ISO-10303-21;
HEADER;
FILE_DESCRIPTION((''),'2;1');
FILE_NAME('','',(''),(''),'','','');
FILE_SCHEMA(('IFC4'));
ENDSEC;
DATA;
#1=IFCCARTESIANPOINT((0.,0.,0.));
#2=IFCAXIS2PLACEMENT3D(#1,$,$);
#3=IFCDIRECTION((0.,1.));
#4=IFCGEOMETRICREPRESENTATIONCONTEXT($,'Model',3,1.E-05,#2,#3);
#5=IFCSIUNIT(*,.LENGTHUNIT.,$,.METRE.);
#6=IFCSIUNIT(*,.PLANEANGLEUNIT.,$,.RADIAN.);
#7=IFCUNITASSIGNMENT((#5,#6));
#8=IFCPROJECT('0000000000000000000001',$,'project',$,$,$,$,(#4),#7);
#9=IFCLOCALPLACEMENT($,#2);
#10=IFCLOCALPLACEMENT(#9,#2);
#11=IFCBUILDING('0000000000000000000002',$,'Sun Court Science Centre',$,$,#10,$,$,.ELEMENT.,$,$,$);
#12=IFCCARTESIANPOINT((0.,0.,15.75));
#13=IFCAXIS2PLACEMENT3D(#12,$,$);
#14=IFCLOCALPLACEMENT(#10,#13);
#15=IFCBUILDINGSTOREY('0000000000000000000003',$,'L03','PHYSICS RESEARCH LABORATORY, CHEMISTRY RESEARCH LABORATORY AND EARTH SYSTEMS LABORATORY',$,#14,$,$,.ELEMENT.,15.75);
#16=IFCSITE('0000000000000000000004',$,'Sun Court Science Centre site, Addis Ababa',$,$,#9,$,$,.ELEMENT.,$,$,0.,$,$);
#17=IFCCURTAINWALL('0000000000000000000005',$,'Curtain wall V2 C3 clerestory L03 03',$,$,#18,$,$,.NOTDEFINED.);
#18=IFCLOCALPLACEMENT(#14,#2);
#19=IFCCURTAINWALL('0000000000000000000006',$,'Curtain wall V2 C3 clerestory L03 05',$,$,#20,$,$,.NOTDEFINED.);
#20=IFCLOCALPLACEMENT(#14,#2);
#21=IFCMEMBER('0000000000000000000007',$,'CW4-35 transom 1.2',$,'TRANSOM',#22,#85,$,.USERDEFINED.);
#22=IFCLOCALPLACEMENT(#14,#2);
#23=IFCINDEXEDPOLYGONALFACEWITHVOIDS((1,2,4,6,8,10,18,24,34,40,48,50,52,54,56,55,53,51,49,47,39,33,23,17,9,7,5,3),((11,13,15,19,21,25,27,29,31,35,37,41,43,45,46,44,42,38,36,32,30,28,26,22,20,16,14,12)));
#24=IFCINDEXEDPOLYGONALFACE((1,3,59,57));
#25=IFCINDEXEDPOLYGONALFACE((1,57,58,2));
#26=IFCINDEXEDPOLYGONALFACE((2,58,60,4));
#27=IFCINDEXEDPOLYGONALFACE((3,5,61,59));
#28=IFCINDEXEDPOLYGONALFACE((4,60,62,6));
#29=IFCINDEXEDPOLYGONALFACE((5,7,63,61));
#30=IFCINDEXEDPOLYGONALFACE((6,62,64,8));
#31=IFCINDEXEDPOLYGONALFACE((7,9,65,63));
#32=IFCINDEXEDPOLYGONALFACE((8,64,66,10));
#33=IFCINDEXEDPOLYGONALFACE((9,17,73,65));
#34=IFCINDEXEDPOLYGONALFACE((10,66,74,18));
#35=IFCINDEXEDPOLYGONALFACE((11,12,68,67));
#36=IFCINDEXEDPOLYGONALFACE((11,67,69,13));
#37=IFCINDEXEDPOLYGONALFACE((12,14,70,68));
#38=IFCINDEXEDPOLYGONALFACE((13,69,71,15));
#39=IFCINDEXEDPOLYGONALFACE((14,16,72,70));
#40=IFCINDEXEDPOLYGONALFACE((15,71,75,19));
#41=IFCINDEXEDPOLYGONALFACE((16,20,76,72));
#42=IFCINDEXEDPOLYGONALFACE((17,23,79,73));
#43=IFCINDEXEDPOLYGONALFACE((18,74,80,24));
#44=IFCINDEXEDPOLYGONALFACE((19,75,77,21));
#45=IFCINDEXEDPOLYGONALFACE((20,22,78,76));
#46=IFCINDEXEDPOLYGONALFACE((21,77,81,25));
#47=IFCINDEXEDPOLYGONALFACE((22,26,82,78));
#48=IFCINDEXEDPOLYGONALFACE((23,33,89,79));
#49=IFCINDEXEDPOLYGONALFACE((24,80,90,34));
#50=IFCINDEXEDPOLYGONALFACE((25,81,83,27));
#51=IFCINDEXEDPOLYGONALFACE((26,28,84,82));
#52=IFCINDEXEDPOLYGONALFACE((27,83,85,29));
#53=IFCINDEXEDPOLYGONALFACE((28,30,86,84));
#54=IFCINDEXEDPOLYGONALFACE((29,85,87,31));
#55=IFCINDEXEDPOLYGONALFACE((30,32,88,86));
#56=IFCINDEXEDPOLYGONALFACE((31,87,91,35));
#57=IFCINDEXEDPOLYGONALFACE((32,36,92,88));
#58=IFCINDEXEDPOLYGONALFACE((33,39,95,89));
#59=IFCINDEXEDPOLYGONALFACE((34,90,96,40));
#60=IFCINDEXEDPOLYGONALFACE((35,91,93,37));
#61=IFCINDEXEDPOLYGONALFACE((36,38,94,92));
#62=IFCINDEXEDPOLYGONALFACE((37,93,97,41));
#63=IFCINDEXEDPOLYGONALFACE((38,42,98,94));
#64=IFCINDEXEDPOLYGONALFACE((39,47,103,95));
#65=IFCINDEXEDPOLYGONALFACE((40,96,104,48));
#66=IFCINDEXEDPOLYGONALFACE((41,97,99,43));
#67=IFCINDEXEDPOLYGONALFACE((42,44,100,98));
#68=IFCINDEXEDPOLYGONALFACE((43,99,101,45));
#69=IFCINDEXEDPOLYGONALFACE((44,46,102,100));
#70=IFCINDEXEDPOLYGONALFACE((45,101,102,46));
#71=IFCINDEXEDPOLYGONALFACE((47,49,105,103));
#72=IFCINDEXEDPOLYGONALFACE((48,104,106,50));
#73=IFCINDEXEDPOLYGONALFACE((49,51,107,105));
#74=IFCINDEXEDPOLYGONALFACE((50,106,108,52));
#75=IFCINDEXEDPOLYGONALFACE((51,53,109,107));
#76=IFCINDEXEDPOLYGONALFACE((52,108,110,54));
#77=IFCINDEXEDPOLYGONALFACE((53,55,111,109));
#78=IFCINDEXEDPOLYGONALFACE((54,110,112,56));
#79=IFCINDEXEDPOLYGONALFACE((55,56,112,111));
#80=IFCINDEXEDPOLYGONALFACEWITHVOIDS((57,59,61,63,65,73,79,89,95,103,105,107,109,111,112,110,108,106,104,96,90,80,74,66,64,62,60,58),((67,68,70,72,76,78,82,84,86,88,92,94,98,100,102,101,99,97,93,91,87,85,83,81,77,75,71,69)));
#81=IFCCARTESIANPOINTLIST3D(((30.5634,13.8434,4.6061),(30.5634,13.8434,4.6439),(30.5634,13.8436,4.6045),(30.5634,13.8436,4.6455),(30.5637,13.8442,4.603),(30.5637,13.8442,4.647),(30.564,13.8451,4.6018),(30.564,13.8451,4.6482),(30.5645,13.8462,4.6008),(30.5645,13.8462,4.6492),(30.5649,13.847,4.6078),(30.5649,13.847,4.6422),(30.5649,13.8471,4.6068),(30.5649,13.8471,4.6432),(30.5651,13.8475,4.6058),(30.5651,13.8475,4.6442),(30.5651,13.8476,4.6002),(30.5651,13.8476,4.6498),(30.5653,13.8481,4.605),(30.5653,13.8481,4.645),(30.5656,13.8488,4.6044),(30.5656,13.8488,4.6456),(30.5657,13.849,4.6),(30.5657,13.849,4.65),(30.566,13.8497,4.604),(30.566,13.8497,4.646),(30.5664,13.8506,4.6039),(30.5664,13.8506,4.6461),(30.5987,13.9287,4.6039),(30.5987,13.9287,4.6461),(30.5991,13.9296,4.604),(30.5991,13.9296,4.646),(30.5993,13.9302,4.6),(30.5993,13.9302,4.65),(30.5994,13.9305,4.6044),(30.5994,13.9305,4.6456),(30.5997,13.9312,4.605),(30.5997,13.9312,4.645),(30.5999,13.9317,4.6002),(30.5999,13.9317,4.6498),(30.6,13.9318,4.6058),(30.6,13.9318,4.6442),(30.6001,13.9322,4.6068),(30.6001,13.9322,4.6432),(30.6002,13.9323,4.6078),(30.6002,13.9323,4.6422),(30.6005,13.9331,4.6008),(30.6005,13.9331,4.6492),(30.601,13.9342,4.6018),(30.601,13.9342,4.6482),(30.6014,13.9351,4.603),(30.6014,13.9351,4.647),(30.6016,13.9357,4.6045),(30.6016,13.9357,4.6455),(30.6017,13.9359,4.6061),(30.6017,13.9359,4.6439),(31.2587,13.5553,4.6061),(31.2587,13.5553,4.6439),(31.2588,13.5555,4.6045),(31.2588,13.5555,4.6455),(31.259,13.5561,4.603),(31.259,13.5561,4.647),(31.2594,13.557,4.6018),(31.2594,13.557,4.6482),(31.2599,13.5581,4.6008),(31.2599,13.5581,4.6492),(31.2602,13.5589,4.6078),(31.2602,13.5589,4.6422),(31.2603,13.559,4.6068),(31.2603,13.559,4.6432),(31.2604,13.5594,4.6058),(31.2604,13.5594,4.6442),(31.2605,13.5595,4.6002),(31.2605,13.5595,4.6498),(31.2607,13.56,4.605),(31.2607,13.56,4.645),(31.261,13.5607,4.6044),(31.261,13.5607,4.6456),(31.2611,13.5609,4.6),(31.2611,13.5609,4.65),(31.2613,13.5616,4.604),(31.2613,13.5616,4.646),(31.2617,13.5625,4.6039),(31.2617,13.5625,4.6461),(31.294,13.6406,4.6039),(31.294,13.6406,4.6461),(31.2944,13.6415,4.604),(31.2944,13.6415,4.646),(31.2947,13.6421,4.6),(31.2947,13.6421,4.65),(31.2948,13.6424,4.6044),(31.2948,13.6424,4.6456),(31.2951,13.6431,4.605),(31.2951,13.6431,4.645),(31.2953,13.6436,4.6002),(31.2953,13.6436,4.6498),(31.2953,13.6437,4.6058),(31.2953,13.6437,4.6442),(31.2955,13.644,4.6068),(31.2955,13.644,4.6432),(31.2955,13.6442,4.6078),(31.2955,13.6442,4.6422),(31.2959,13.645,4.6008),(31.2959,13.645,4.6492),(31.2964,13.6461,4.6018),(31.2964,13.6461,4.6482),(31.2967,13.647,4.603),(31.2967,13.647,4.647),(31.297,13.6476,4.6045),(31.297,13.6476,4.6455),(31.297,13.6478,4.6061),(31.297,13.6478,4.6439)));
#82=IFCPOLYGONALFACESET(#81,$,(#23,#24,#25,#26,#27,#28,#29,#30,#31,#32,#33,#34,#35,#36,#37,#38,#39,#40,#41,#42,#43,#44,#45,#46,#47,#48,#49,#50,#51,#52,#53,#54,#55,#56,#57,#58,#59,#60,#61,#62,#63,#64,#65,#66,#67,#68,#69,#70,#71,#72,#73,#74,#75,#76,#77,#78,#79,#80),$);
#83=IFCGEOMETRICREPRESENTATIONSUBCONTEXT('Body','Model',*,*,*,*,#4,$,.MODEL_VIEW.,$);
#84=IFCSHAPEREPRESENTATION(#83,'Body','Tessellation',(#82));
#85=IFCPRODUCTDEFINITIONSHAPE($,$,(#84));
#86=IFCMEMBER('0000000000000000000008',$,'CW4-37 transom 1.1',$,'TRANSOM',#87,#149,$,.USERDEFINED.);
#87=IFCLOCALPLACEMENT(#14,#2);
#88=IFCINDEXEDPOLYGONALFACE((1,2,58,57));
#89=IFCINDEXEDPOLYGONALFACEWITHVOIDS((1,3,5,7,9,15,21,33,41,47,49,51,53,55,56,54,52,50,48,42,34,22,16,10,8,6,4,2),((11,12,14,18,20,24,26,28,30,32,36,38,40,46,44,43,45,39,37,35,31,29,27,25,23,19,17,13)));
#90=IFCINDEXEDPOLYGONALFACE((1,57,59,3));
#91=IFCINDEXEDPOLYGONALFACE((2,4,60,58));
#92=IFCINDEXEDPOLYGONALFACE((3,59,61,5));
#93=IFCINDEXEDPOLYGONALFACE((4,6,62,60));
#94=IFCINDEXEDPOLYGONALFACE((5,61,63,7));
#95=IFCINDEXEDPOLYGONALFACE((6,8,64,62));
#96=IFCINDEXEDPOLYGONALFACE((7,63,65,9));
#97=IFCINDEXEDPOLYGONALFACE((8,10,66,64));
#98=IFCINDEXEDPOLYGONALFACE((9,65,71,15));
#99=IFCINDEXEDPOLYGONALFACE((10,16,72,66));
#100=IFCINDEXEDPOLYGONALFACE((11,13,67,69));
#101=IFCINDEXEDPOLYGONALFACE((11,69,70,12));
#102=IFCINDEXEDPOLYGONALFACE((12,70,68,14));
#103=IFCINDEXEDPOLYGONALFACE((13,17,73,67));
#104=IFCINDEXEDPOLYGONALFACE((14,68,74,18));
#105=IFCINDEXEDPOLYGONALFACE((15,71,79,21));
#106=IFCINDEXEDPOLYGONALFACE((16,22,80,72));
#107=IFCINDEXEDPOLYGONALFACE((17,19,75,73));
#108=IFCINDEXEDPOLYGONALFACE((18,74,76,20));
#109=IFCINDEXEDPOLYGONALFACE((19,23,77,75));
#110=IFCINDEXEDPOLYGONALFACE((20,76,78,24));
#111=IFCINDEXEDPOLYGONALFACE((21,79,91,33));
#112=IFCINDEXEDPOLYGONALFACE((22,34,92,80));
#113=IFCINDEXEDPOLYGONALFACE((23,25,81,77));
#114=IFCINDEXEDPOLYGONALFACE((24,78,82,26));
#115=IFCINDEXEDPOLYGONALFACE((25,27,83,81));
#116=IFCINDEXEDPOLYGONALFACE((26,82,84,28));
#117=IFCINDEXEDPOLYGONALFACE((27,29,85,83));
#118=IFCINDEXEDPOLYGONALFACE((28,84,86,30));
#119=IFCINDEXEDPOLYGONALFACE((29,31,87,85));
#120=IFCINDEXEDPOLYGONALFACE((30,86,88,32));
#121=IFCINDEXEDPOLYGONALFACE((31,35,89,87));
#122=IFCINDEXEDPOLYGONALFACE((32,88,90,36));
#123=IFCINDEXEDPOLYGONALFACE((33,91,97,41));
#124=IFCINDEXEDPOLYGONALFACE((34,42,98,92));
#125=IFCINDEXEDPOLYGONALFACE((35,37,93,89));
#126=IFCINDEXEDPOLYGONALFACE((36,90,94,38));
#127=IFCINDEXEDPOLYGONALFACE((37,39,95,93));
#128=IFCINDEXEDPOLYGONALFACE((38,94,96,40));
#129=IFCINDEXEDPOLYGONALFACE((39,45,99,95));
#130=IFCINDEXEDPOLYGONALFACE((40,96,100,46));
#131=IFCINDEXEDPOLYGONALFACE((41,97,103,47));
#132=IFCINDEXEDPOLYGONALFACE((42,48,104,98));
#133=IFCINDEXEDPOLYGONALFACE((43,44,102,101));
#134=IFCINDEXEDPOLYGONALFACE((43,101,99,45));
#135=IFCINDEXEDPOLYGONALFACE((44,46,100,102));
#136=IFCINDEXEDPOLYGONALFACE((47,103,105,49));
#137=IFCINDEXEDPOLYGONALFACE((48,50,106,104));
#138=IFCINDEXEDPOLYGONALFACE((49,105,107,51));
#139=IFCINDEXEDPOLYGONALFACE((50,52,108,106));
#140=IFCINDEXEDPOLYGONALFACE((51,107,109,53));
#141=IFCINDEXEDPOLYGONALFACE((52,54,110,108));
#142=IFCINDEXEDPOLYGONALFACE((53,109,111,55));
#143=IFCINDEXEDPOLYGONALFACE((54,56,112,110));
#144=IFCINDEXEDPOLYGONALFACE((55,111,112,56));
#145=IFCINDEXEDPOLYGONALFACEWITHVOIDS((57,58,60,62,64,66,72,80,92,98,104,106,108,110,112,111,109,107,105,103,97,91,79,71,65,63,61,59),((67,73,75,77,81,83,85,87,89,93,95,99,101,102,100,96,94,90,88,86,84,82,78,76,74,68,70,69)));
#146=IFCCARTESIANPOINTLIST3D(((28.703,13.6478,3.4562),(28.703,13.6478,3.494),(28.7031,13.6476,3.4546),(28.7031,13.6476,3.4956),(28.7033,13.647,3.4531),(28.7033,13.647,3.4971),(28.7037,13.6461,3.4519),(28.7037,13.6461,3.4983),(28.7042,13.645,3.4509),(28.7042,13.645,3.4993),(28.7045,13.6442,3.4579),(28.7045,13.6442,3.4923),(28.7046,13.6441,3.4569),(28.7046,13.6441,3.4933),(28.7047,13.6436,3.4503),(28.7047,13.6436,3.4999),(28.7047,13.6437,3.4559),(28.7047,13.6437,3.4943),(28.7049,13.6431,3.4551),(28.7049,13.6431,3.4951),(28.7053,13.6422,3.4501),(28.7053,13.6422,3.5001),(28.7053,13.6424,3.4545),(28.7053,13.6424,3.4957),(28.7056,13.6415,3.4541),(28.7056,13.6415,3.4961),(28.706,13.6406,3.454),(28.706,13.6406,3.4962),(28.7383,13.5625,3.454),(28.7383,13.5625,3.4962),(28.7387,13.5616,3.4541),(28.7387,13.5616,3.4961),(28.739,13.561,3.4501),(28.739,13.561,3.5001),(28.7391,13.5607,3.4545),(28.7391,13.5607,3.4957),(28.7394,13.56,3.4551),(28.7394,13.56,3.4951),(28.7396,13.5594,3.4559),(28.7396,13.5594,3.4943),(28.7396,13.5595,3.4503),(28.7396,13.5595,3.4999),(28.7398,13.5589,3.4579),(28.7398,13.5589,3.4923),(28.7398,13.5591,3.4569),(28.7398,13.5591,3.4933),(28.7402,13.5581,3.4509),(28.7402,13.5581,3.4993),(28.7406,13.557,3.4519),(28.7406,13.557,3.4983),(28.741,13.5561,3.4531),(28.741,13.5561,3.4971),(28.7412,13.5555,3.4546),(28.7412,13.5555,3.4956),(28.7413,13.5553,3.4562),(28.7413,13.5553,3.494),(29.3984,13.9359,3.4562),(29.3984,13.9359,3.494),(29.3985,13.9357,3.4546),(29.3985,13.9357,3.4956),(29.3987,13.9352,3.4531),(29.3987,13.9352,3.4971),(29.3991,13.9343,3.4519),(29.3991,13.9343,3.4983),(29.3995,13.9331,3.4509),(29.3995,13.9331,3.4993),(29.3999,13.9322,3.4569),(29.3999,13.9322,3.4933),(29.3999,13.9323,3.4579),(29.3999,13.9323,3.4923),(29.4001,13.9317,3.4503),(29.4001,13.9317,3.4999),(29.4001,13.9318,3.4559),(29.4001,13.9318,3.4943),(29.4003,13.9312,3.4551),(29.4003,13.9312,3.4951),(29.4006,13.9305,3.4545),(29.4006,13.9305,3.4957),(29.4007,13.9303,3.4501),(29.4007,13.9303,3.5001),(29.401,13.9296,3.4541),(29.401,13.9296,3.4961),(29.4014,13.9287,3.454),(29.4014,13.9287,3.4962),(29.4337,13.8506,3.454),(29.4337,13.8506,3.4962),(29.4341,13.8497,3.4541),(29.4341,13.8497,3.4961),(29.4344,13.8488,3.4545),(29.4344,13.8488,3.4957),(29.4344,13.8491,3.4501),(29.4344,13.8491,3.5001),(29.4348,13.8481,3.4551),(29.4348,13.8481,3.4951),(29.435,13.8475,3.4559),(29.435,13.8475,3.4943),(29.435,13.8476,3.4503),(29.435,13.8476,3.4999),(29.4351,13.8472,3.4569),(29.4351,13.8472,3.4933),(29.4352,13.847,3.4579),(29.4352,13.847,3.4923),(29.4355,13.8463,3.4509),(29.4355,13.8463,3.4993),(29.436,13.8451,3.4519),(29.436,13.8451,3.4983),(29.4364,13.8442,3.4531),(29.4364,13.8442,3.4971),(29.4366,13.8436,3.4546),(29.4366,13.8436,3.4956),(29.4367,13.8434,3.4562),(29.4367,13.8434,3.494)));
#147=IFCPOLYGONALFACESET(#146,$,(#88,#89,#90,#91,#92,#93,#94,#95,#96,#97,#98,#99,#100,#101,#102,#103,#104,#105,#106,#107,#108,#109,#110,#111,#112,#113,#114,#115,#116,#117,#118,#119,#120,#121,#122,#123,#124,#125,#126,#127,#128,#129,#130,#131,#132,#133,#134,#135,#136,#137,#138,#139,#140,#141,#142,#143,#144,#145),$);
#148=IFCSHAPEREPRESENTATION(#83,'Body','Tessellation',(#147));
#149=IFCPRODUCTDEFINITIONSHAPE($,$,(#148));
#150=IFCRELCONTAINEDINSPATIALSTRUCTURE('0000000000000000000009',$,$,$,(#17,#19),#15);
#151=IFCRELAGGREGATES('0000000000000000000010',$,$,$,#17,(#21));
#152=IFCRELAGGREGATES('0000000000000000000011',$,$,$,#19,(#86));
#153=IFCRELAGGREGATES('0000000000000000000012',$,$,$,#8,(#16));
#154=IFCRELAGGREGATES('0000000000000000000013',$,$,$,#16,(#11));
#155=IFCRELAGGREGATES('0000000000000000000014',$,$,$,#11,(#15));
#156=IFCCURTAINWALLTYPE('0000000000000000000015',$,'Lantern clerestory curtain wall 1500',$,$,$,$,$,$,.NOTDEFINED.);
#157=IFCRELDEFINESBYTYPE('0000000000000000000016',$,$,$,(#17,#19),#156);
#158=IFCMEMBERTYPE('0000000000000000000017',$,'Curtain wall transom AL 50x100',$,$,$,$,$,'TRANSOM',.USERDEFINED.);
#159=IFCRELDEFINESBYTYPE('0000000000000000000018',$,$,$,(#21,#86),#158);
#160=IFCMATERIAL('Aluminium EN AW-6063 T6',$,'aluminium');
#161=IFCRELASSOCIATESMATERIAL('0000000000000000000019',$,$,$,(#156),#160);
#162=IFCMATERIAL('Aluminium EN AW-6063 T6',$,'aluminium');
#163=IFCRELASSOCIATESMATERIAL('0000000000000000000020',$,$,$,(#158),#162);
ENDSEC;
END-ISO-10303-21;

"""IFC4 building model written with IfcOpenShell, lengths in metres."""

from ifc_helpers import new_model, si_unit, direction, frame, origin, origin_2d, place, context, subcontext, project, spatial, hollow_rectangle, extrude, material, material_profile, profile_set, type_object, element, aggregate, save


model = new_model("IFC4")

# Units and contexts
model_context = context("Model", 3, precision=1e-05, world=origin(), true_north=direction((0.0, 1.0)))
body_context = subcontext(model_context, "Body", "Model", "MODEL_VIEW")
ifc_project = project(units=[si_unit("LENGTHUNIT", "METRE"), si_unit("PLANEANGLEUNIT", "RADIAN")], contexts=[model_context])

# Site, building, storey
site_placement = place(None, origin())
site = spatial("IfcSite", under=ifc_project, at=site_placement, Name="Sun Court Science Centre site, Addis Ababa", CompositionType="ELEMENT", RefElevation=0.0)
building_placement = place(site_placement, origin())
building = spatial("IfcBuilding", under=site, at=building_placement, Name="Sun Court Science Centre", CompositionType="ELEMENT")
storey_placement = place(building_placement, frame((0.0, 0.0, 15.75)))
storey = spatial("IfcBuildingStorey", under=building, at=storey_placement, Name="L03", Description="PHYSICS RESEARCH LABORATORY, CHEMISTRY RESEARCH LABORATORY AND EARTH SYSTEMS LABORATORY", CompositionType="ELEMENT", Elevation=15.75)

# Curtain wall
ifc_material_1 = material(Name="Aluminium EN AW-6063 T6", Category="aluminium")
curtain_wall_type = type_object("IfcCurtainWallType", Name="Lantern clerestory curtain wall 1500", PredefinedType="NOTDEFINED", material=ifc_material_1)
curtain_wall_1_placement = place(storey_placement, origin())
curtain_wall_1 = element("IfcCurtainWall", 1, at=curtain_wall_1_placement, inside=storey, type_object=curtain_wall_type, Name="Curtain wall V2 C3 clerestory L03 03", PredefinedType="NOTDEFINED")

# Curtain wall
curtain_wall_2_placement = place(storey_placement, origin())
curtain_wall_2 = element("IfcCurtainWall", 2, at=curtain_wall_2_placement, inside=storey, type_object=curtain_wall_type, Name="Curtain wall V2 C3 clerestory L03 05", PredefinedType="NOTDEFINED")

# Members
ifc_material_2 = material(Name="Aluminium EN AW-6063 T6", Category="aluminium")
ifc_material_profile_1 = material_profile(ifc_material_2, hollow_rectangle(XDim=0.05, YDim=0.1001, WallThickness=0.0039, InnerFilletRadius=0.0039, OuterFilletRadius=0.0061, at=origin_2d()), Name="AL 50x100x4")
ifc_profile_set_1 = profile_set([ifc_material_profile_1], Name="Aluminium EN AW-6063 T6")
member_type_1 = type_object("IfcMemberType", Name="Curtain wall transom AL 50x100", ElementType="TRANSOM", PredefinedType="USERDEFINED", material=ifc_profile_set_1)
member_1_placement = place(storey_placement, frame((30.5825, 13.8896, 4.625), z_axis=(0.923843, -0.382772, 0.0), x_axis=(0.0, 0.0, 1.0)))
member_1 = element("IfcMember", 3, at=member_1_placement, type_object=member_type_1, Name="CW4-35 transom 1.2", ObjectType="TRANSOM", PredefinedType="USERDEFINED", context=body_context, shape_type="SweptSolid", body=[
    extrude(hollow_rectangle(XDim=0.05, YDim=0.1001, WallThickness=0.0039, InnerFilletRadius=0.0039, OuterFilletRadius=0.0061, at=origin_2d()), origin(), (0.0, 0.0, 1.0), 0.7527),
])
aggregate(curtain_wall_1, [member_1])
member_2_placement = place(storey_placement, frame((28.7222, 13.6016, 3.4751), z_axis=(0.923843, 0.382772, 0.0), x_axis=(0.0, 0.0, 1.0)))
member_2 = element("IfcMember", 4, at=member_2_placement, type_object=member_type_1, Name="CW4-37 transom 1.1", ObjectType="TRANSOM", PredefinedType="USERDEFINED", context=body_context, shape_type="SweptSolid", body=[
    extrude(hollow_rectangle(XDim=0.05, YDim=0.1001, WallThickness=0.0039, InnerFilletRadius=0.0039, OuterFilletRadius=0.0061, at=origin_2d()), origin(), (0.0, 0.0, 1.0), 0.7527),
])

aggregate(curtain_wall_2, [member_2])

save(model, "model.ifc")
